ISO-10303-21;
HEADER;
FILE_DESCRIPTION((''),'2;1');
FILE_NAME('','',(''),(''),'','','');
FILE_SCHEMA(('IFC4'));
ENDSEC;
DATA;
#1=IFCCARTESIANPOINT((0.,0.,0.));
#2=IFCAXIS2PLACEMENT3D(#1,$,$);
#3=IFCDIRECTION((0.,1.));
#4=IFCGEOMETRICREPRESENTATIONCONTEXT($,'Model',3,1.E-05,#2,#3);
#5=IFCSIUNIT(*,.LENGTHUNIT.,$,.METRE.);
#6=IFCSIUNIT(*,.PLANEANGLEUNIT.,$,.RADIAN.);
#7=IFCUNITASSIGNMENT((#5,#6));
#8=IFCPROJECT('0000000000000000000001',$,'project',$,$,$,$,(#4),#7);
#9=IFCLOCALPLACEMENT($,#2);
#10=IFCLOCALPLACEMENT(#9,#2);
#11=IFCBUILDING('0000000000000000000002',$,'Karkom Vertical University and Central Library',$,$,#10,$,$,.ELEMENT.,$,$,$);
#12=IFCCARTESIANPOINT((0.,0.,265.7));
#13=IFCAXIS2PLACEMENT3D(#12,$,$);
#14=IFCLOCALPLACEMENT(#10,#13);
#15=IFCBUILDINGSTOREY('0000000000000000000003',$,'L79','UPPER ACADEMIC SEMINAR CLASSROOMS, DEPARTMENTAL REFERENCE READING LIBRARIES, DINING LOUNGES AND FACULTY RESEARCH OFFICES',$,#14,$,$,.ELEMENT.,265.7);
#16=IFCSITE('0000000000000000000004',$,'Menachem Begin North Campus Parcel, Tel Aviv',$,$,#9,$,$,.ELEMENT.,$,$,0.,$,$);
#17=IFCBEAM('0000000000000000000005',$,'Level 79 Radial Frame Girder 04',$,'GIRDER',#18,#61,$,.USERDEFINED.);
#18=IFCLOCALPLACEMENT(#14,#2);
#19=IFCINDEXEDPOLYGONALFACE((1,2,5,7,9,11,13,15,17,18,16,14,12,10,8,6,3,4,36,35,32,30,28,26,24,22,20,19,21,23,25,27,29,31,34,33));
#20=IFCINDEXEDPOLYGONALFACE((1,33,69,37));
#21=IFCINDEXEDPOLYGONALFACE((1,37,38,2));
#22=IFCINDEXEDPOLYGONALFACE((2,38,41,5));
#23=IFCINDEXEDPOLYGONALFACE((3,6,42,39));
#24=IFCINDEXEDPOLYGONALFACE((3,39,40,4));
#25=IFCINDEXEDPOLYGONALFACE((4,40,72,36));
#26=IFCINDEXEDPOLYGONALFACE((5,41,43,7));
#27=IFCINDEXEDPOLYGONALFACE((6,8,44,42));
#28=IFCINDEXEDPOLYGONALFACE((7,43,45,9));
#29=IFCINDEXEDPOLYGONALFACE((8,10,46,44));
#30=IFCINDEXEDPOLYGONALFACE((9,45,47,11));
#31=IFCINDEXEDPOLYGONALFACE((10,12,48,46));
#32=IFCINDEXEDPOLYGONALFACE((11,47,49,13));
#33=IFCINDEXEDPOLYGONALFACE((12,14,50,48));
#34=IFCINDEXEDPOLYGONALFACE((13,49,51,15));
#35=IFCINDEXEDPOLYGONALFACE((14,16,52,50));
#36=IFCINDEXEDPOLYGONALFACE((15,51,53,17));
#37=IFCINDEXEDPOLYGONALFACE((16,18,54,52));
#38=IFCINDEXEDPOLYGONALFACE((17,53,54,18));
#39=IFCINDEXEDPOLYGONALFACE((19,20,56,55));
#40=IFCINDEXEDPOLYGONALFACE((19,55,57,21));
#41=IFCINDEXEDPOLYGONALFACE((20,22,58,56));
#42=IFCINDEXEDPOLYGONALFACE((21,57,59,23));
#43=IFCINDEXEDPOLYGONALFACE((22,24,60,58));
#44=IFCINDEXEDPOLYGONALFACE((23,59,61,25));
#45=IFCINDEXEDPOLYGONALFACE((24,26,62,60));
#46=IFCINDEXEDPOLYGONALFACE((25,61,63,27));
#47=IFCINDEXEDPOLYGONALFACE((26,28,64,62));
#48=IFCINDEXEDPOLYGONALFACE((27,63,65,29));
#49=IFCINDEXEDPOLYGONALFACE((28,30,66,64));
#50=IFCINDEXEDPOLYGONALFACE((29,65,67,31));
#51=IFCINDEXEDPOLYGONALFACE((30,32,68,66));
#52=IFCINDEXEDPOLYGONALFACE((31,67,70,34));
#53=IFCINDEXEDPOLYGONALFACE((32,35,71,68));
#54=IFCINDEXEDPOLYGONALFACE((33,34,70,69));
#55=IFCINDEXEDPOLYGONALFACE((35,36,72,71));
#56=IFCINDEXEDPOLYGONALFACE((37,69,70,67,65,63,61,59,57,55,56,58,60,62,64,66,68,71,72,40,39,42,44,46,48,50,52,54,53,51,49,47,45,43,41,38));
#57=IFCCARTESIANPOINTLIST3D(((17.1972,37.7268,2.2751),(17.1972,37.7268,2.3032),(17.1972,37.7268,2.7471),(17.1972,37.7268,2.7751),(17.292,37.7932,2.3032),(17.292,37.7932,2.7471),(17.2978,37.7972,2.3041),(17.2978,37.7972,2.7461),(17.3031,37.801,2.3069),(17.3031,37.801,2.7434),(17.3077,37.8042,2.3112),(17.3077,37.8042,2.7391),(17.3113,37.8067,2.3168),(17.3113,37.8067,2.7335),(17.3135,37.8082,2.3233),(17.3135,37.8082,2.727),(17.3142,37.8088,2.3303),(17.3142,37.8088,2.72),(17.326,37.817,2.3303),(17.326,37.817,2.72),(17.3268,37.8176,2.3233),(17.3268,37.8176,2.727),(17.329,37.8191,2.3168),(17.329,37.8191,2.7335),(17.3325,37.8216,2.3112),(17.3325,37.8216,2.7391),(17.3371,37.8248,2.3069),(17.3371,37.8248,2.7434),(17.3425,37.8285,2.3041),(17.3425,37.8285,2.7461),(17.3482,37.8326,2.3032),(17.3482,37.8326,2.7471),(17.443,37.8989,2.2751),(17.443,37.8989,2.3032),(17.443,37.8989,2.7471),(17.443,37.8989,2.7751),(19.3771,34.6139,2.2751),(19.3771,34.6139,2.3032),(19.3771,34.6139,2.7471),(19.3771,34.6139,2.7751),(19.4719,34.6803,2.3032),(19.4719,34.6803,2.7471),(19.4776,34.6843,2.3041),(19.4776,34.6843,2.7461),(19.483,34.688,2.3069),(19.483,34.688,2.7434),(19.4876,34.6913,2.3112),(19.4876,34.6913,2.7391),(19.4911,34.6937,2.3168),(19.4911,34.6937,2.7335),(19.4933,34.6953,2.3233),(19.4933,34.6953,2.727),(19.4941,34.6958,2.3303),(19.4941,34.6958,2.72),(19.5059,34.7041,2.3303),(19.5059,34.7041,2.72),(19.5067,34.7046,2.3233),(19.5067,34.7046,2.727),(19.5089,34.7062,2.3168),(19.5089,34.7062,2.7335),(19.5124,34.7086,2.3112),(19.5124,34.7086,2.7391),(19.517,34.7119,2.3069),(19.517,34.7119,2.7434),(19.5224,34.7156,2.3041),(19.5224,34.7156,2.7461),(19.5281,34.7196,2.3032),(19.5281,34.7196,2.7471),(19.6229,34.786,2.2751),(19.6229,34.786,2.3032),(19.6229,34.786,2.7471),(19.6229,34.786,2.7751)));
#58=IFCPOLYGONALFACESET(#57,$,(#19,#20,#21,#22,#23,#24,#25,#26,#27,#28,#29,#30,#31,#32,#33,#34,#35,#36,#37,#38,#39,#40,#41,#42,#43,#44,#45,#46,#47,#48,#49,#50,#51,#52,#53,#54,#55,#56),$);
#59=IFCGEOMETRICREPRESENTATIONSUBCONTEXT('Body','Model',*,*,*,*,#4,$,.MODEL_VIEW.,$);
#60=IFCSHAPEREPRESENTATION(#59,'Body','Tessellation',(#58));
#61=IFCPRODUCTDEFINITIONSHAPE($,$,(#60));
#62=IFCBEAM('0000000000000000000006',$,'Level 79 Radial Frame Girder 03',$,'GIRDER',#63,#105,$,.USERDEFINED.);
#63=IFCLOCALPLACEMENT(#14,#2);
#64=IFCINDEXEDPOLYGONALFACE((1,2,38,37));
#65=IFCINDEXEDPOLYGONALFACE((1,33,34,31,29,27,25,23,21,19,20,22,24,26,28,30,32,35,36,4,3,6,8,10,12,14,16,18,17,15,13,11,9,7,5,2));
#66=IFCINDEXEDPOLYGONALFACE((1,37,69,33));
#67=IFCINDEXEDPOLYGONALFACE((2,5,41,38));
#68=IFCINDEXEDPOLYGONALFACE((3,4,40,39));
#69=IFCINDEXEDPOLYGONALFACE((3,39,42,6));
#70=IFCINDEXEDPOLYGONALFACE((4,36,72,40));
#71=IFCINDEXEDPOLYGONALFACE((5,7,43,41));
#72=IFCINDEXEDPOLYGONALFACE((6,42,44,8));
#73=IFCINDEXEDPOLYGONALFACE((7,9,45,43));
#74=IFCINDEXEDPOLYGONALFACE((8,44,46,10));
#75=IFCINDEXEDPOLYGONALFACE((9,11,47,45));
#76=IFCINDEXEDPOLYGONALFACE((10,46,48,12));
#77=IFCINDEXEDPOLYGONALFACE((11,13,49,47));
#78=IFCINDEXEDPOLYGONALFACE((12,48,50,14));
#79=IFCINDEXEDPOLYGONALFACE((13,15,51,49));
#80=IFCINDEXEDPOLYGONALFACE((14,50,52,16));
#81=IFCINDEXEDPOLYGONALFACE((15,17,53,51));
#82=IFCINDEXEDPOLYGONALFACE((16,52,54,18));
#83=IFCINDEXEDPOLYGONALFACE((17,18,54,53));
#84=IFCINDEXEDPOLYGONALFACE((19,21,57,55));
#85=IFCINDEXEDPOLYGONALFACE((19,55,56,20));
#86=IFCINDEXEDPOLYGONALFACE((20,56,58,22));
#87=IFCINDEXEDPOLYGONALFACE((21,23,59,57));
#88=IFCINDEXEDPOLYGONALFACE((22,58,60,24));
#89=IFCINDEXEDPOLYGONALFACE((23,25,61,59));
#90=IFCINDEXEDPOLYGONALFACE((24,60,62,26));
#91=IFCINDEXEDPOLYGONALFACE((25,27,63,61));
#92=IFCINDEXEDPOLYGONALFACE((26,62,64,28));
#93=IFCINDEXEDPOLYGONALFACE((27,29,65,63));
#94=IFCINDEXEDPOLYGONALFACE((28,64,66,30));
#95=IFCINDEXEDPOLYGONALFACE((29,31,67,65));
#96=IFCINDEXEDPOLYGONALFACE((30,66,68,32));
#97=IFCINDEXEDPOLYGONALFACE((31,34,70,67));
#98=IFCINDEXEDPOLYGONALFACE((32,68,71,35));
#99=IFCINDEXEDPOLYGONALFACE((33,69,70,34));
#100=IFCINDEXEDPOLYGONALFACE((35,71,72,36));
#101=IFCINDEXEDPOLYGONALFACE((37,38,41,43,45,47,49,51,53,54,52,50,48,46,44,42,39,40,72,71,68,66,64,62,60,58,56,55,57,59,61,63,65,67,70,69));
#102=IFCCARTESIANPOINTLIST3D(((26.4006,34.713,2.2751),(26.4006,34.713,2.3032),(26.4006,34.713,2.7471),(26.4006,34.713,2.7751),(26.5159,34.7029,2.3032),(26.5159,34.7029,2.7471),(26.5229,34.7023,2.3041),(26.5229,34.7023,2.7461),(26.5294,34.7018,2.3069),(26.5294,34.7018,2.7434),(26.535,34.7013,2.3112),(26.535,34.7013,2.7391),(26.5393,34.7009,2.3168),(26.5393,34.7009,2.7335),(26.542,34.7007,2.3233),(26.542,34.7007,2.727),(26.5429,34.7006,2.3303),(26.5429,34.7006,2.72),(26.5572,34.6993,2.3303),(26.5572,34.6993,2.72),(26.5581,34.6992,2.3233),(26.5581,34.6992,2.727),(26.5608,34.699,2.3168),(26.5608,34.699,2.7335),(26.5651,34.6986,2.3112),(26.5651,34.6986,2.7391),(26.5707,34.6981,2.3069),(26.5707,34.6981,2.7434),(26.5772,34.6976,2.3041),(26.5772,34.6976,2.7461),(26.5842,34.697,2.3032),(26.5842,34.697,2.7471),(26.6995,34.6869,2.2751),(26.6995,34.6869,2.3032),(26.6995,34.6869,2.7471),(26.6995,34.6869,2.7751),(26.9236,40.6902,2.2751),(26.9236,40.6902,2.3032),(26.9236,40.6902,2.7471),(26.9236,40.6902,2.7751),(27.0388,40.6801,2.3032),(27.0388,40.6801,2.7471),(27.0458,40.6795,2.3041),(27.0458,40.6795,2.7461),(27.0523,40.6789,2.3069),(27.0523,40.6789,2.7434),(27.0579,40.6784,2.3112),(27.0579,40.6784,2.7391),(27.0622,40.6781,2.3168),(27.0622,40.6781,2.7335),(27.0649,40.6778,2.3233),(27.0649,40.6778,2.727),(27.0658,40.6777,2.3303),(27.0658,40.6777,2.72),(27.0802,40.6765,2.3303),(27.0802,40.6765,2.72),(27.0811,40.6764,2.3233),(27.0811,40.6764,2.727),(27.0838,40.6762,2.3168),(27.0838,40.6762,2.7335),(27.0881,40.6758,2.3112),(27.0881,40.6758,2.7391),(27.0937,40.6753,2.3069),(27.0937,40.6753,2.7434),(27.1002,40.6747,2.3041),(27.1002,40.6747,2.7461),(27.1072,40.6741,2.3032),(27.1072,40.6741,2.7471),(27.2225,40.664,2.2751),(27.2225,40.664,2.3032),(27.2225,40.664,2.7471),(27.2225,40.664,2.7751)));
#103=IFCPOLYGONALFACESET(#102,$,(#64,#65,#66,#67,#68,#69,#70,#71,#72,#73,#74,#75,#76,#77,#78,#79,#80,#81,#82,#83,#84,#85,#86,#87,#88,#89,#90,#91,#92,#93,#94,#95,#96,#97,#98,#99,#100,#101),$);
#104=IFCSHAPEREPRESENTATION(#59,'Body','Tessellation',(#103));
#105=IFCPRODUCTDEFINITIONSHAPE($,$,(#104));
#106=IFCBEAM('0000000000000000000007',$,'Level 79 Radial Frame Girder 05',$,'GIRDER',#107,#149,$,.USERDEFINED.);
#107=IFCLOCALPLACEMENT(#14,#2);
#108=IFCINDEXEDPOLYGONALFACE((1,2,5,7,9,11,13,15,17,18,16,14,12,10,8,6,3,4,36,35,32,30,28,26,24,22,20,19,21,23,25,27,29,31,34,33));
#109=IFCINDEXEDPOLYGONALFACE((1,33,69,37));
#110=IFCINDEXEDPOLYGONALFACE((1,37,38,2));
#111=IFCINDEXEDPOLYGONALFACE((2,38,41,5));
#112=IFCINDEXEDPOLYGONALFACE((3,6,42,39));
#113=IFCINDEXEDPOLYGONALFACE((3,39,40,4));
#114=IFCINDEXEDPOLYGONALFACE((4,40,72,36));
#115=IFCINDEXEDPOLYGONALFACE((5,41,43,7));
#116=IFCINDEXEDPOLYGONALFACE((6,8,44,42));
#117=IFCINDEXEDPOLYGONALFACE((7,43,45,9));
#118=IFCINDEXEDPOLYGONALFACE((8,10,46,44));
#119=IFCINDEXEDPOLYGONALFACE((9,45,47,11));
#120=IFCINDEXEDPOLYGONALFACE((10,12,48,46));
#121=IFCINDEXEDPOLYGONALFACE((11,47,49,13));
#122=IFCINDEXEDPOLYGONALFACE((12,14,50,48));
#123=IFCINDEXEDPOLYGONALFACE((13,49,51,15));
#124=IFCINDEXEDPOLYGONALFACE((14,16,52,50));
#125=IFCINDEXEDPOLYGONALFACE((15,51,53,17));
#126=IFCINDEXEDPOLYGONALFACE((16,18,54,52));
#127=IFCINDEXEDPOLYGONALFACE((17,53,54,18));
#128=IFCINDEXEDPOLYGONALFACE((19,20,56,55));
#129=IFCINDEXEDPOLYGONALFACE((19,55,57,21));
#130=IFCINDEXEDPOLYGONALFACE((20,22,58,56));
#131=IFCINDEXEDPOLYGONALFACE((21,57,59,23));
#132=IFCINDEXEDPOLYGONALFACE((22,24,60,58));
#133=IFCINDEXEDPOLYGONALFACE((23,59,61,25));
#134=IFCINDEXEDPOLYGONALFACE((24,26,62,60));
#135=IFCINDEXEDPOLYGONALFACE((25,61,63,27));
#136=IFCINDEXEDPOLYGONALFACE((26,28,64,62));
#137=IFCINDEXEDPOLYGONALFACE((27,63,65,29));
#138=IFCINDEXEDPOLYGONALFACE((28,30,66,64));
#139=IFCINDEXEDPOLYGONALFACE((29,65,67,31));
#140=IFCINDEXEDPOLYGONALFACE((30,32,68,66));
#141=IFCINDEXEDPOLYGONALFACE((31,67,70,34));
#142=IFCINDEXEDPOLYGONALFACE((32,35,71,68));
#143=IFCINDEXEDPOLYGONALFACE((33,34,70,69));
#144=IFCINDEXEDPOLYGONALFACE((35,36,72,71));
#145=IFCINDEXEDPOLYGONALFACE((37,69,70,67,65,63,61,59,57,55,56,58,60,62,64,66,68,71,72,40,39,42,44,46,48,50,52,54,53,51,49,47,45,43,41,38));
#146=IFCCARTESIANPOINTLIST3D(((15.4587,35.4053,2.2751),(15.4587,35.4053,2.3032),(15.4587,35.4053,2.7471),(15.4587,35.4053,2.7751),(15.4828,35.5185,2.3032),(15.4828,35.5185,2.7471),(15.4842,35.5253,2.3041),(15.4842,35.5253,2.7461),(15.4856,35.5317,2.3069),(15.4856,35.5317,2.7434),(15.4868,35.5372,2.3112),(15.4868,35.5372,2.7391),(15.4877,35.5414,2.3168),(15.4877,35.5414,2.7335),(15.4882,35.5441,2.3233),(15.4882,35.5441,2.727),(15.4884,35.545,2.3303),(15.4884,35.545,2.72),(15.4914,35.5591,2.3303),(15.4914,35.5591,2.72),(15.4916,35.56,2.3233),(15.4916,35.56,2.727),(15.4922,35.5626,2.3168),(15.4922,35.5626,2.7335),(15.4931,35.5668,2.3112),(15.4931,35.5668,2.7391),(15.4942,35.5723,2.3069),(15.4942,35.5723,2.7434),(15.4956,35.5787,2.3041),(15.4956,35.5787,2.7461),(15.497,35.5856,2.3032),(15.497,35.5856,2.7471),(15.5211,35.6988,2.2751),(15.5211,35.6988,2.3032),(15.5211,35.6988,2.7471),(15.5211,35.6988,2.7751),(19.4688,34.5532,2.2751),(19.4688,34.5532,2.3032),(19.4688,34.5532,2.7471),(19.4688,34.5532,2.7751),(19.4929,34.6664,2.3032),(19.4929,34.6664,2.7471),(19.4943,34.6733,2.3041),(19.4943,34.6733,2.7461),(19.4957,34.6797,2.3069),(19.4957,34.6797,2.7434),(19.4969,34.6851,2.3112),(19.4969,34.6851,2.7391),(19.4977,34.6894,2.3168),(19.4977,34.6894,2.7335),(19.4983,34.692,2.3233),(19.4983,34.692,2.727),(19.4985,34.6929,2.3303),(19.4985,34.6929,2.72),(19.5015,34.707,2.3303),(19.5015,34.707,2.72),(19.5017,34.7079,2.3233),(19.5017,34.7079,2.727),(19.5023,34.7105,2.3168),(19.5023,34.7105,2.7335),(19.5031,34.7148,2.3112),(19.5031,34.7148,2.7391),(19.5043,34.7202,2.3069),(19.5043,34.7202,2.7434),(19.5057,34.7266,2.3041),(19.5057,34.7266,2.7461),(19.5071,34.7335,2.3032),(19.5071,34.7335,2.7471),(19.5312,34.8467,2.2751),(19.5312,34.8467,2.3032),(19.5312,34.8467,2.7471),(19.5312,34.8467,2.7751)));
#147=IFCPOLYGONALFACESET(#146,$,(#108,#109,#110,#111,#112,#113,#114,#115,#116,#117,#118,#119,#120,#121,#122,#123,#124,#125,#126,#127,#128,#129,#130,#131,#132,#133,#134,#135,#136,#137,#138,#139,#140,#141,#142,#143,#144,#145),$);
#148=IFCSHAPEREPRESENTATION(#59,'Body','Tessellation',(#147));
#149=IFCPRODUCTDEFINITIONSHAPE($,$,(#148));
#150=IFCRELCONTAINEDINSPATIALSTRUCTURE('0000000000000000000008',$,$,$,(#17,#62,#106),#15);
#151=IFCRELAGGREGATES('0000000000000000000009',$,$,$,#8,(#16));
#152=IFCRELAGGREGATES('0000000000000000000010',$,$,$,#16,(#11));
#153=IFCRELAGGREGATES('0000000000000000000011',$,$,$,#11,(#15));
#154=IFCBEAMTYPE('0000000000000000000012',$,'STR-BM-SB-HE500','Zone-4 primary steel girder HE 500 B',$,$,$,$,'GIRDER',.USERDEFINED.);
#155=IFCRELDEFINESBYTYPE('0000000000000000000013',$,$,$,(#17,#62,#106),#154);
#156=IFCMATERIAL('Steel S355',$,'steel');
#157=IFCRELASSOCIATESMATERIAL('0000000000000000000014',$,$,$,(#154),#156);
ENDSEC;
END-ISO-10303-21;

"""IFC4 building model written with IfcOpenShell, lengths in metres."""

from ifc_helpers import new_model, si_unit, direction, frame, origin, origin_with_axes, origin_2d, place, context, subcontext, project, spatial, i_section, extrude, source, transform, mapped, material, material_profile, profile_set, type_object, element, save


model = new_model("IFC4")

# Units and contexts
model_context = context("Model", 3, precision=1e-05, world=origin(), true_north=direction((0.0, 1.0)))
body_context = subcontext(model_context, "Body", "Model", "MODEL_VIEW")
ifc_project = project(units=[si_unit("LENGTHUNIT", "METRE"), si_unit("PLANEANGLEUNIT", "RADIAN")], contexts=[model_context])

# Site, building, storey
site_placement = place(None, origin())
site = spatial("IfcSite", under=ifc_project, at=site_placement, Name="Menachem Begin North Campus Parcel, Tel Aviv", CompositionType="ELEMENT", RefElevation=0.0)
building_placement = place(site_placement, origin())
building = spatial("IfcBuilding", under=site, at=building_placement, Name="Karkom Vertical University and Central Library", CompositionType="ELEMENT")
storey_placement = place(building_placement, frame((0.0, 0.0, 265.7)))
storey = spatial("IfcBuildingStorey", under=building, at=storey_placement, Name="L79", Description="UPPER ACADEMIC SEMINAR CLASSROOMS, DEPARTMENTAL REFERENCE READING LIBRARIES, DINING LOUNGES AND FACULTY RESEARCH OFFICES", CompositionType="ELEMENT", Elevation=265.7)

# Beams
ifc_material_1 = material(Name="Steel S355", Category="steel")
ifc_material_profile_1 = material_profile(ifc_material_1, i_section(OverallWidth=0.3, OverallDepth=0.5, WebThickness=0.0144, FlangeThickness=0.0281, FilletRadius=0.0271, at=origin_2d()), Name="HE 500 B")
ifc_profile_set_1 = profile_set([ifc_material_profile_1], Name="Steel S355")
beam_type_1 = type_object("IfcBeamType", Name="STR-BM-SB-HE500", Description="Zone-4 primary steel girder HE 500 B", ElementType="GIRDER", PredefinedType="USERDEFINED", material=ifc_profile_set_1)
shared_shape_1 = source(origin_with_axes(), body_context, "Body", "SweptSolid", [
    extrude(i_section(OverallWidth=0.3, OverallDepth=0.5, WebThickness=0.0144, FlangeThickness=0.0281, FilletRadius=0.0271, at=origin_2d()), origin(), (0.0, 0.0, 1.0), 3.8003),
])
beam_1_placement = place(storey_placement, frame((19.5, 34.7, 2.5251), z_axis=(-0.573605, 0.819132, 0.0), x_axis=(-0.819132, -0.573605, 0.0)))
element("IfcBeam", 1, at=beam_1_placement, inside=storey, type_object=beam_type_1, Name="Level 79 Radial Frame Girder 04", ObjectType="GIRDER", PredefinedType="USERDEFINED", context=body_context, shape_type="MappedRepresentation", body=[
    mapped(shared_shape_1, transform((0.0, 0.0, 0.0), scale=1.0)),
])
shared_shape_2 = source(origin_with_axes(), body_context, "Body", "SweptSolid", [
    extrude(i_section(OverallWidth=0.3, OverallDepth=0.5, WebThickness=0.0144, FlangeThickness=0.0281, FilletRadius=0.0271, at=origin_2d()), origin(), (0.0, 0.0, 1.0), 6.0),
])
beam_2_placement = place(storey_placement, frame((26.55, 34.7, 2.5251), z_axis=(0.08716, 0.996194, 0.0), x_axis=(-0.996194, 0.08716, 0.0)))
element("IfcBeam", 2, at=beam_2_placement, inside=storey, type_object=beam_type_1, Name="Level 79 Radial Frame Girder 03", ObjectType="GIRDER", PredefinedType="USERDEFINED", context=body_context, shape_type="MappedRepresentation", body=[
    mapped(shared_shape_2, transform((0.0, 0.0, 0.0), scale=1.0)),
])
shared_shape_3 = source(origin_with_axes(), body_context, "Body", "SweptSolid", [
    extrude(i_section(OverallWidth=0.3, OverallDepth=0.5, WebThickness=0.0144, FlangeThickness=0.0281, FilletRadius=0.0271, at=origin_2d()), origin(), (0.0, 0.0, 1.0), 4.0996),
])
beam_3_placement = place(storey_placement, frame((19.5, 34.7, 2.5251), z_axis=(-0.978163, 0.207841, 0.0), x_axis=(-0.207841, -0.978163, 0.0)))
element("IfcBeam", 3, at=beam_3_placement, inside=storey, type_object=beam_type_1, Name="Level 79 Radial Frame Girder 05", ObjectType="GIRDER", PredefinedType="USERDEFINED", context=body_context, shape_type="MappedRepresentation", body=[
    mapped(shared_shape_3, transform((0.0, 0.0, 0.0), scale=1.0)),
])

save(model, "model.ifc")
